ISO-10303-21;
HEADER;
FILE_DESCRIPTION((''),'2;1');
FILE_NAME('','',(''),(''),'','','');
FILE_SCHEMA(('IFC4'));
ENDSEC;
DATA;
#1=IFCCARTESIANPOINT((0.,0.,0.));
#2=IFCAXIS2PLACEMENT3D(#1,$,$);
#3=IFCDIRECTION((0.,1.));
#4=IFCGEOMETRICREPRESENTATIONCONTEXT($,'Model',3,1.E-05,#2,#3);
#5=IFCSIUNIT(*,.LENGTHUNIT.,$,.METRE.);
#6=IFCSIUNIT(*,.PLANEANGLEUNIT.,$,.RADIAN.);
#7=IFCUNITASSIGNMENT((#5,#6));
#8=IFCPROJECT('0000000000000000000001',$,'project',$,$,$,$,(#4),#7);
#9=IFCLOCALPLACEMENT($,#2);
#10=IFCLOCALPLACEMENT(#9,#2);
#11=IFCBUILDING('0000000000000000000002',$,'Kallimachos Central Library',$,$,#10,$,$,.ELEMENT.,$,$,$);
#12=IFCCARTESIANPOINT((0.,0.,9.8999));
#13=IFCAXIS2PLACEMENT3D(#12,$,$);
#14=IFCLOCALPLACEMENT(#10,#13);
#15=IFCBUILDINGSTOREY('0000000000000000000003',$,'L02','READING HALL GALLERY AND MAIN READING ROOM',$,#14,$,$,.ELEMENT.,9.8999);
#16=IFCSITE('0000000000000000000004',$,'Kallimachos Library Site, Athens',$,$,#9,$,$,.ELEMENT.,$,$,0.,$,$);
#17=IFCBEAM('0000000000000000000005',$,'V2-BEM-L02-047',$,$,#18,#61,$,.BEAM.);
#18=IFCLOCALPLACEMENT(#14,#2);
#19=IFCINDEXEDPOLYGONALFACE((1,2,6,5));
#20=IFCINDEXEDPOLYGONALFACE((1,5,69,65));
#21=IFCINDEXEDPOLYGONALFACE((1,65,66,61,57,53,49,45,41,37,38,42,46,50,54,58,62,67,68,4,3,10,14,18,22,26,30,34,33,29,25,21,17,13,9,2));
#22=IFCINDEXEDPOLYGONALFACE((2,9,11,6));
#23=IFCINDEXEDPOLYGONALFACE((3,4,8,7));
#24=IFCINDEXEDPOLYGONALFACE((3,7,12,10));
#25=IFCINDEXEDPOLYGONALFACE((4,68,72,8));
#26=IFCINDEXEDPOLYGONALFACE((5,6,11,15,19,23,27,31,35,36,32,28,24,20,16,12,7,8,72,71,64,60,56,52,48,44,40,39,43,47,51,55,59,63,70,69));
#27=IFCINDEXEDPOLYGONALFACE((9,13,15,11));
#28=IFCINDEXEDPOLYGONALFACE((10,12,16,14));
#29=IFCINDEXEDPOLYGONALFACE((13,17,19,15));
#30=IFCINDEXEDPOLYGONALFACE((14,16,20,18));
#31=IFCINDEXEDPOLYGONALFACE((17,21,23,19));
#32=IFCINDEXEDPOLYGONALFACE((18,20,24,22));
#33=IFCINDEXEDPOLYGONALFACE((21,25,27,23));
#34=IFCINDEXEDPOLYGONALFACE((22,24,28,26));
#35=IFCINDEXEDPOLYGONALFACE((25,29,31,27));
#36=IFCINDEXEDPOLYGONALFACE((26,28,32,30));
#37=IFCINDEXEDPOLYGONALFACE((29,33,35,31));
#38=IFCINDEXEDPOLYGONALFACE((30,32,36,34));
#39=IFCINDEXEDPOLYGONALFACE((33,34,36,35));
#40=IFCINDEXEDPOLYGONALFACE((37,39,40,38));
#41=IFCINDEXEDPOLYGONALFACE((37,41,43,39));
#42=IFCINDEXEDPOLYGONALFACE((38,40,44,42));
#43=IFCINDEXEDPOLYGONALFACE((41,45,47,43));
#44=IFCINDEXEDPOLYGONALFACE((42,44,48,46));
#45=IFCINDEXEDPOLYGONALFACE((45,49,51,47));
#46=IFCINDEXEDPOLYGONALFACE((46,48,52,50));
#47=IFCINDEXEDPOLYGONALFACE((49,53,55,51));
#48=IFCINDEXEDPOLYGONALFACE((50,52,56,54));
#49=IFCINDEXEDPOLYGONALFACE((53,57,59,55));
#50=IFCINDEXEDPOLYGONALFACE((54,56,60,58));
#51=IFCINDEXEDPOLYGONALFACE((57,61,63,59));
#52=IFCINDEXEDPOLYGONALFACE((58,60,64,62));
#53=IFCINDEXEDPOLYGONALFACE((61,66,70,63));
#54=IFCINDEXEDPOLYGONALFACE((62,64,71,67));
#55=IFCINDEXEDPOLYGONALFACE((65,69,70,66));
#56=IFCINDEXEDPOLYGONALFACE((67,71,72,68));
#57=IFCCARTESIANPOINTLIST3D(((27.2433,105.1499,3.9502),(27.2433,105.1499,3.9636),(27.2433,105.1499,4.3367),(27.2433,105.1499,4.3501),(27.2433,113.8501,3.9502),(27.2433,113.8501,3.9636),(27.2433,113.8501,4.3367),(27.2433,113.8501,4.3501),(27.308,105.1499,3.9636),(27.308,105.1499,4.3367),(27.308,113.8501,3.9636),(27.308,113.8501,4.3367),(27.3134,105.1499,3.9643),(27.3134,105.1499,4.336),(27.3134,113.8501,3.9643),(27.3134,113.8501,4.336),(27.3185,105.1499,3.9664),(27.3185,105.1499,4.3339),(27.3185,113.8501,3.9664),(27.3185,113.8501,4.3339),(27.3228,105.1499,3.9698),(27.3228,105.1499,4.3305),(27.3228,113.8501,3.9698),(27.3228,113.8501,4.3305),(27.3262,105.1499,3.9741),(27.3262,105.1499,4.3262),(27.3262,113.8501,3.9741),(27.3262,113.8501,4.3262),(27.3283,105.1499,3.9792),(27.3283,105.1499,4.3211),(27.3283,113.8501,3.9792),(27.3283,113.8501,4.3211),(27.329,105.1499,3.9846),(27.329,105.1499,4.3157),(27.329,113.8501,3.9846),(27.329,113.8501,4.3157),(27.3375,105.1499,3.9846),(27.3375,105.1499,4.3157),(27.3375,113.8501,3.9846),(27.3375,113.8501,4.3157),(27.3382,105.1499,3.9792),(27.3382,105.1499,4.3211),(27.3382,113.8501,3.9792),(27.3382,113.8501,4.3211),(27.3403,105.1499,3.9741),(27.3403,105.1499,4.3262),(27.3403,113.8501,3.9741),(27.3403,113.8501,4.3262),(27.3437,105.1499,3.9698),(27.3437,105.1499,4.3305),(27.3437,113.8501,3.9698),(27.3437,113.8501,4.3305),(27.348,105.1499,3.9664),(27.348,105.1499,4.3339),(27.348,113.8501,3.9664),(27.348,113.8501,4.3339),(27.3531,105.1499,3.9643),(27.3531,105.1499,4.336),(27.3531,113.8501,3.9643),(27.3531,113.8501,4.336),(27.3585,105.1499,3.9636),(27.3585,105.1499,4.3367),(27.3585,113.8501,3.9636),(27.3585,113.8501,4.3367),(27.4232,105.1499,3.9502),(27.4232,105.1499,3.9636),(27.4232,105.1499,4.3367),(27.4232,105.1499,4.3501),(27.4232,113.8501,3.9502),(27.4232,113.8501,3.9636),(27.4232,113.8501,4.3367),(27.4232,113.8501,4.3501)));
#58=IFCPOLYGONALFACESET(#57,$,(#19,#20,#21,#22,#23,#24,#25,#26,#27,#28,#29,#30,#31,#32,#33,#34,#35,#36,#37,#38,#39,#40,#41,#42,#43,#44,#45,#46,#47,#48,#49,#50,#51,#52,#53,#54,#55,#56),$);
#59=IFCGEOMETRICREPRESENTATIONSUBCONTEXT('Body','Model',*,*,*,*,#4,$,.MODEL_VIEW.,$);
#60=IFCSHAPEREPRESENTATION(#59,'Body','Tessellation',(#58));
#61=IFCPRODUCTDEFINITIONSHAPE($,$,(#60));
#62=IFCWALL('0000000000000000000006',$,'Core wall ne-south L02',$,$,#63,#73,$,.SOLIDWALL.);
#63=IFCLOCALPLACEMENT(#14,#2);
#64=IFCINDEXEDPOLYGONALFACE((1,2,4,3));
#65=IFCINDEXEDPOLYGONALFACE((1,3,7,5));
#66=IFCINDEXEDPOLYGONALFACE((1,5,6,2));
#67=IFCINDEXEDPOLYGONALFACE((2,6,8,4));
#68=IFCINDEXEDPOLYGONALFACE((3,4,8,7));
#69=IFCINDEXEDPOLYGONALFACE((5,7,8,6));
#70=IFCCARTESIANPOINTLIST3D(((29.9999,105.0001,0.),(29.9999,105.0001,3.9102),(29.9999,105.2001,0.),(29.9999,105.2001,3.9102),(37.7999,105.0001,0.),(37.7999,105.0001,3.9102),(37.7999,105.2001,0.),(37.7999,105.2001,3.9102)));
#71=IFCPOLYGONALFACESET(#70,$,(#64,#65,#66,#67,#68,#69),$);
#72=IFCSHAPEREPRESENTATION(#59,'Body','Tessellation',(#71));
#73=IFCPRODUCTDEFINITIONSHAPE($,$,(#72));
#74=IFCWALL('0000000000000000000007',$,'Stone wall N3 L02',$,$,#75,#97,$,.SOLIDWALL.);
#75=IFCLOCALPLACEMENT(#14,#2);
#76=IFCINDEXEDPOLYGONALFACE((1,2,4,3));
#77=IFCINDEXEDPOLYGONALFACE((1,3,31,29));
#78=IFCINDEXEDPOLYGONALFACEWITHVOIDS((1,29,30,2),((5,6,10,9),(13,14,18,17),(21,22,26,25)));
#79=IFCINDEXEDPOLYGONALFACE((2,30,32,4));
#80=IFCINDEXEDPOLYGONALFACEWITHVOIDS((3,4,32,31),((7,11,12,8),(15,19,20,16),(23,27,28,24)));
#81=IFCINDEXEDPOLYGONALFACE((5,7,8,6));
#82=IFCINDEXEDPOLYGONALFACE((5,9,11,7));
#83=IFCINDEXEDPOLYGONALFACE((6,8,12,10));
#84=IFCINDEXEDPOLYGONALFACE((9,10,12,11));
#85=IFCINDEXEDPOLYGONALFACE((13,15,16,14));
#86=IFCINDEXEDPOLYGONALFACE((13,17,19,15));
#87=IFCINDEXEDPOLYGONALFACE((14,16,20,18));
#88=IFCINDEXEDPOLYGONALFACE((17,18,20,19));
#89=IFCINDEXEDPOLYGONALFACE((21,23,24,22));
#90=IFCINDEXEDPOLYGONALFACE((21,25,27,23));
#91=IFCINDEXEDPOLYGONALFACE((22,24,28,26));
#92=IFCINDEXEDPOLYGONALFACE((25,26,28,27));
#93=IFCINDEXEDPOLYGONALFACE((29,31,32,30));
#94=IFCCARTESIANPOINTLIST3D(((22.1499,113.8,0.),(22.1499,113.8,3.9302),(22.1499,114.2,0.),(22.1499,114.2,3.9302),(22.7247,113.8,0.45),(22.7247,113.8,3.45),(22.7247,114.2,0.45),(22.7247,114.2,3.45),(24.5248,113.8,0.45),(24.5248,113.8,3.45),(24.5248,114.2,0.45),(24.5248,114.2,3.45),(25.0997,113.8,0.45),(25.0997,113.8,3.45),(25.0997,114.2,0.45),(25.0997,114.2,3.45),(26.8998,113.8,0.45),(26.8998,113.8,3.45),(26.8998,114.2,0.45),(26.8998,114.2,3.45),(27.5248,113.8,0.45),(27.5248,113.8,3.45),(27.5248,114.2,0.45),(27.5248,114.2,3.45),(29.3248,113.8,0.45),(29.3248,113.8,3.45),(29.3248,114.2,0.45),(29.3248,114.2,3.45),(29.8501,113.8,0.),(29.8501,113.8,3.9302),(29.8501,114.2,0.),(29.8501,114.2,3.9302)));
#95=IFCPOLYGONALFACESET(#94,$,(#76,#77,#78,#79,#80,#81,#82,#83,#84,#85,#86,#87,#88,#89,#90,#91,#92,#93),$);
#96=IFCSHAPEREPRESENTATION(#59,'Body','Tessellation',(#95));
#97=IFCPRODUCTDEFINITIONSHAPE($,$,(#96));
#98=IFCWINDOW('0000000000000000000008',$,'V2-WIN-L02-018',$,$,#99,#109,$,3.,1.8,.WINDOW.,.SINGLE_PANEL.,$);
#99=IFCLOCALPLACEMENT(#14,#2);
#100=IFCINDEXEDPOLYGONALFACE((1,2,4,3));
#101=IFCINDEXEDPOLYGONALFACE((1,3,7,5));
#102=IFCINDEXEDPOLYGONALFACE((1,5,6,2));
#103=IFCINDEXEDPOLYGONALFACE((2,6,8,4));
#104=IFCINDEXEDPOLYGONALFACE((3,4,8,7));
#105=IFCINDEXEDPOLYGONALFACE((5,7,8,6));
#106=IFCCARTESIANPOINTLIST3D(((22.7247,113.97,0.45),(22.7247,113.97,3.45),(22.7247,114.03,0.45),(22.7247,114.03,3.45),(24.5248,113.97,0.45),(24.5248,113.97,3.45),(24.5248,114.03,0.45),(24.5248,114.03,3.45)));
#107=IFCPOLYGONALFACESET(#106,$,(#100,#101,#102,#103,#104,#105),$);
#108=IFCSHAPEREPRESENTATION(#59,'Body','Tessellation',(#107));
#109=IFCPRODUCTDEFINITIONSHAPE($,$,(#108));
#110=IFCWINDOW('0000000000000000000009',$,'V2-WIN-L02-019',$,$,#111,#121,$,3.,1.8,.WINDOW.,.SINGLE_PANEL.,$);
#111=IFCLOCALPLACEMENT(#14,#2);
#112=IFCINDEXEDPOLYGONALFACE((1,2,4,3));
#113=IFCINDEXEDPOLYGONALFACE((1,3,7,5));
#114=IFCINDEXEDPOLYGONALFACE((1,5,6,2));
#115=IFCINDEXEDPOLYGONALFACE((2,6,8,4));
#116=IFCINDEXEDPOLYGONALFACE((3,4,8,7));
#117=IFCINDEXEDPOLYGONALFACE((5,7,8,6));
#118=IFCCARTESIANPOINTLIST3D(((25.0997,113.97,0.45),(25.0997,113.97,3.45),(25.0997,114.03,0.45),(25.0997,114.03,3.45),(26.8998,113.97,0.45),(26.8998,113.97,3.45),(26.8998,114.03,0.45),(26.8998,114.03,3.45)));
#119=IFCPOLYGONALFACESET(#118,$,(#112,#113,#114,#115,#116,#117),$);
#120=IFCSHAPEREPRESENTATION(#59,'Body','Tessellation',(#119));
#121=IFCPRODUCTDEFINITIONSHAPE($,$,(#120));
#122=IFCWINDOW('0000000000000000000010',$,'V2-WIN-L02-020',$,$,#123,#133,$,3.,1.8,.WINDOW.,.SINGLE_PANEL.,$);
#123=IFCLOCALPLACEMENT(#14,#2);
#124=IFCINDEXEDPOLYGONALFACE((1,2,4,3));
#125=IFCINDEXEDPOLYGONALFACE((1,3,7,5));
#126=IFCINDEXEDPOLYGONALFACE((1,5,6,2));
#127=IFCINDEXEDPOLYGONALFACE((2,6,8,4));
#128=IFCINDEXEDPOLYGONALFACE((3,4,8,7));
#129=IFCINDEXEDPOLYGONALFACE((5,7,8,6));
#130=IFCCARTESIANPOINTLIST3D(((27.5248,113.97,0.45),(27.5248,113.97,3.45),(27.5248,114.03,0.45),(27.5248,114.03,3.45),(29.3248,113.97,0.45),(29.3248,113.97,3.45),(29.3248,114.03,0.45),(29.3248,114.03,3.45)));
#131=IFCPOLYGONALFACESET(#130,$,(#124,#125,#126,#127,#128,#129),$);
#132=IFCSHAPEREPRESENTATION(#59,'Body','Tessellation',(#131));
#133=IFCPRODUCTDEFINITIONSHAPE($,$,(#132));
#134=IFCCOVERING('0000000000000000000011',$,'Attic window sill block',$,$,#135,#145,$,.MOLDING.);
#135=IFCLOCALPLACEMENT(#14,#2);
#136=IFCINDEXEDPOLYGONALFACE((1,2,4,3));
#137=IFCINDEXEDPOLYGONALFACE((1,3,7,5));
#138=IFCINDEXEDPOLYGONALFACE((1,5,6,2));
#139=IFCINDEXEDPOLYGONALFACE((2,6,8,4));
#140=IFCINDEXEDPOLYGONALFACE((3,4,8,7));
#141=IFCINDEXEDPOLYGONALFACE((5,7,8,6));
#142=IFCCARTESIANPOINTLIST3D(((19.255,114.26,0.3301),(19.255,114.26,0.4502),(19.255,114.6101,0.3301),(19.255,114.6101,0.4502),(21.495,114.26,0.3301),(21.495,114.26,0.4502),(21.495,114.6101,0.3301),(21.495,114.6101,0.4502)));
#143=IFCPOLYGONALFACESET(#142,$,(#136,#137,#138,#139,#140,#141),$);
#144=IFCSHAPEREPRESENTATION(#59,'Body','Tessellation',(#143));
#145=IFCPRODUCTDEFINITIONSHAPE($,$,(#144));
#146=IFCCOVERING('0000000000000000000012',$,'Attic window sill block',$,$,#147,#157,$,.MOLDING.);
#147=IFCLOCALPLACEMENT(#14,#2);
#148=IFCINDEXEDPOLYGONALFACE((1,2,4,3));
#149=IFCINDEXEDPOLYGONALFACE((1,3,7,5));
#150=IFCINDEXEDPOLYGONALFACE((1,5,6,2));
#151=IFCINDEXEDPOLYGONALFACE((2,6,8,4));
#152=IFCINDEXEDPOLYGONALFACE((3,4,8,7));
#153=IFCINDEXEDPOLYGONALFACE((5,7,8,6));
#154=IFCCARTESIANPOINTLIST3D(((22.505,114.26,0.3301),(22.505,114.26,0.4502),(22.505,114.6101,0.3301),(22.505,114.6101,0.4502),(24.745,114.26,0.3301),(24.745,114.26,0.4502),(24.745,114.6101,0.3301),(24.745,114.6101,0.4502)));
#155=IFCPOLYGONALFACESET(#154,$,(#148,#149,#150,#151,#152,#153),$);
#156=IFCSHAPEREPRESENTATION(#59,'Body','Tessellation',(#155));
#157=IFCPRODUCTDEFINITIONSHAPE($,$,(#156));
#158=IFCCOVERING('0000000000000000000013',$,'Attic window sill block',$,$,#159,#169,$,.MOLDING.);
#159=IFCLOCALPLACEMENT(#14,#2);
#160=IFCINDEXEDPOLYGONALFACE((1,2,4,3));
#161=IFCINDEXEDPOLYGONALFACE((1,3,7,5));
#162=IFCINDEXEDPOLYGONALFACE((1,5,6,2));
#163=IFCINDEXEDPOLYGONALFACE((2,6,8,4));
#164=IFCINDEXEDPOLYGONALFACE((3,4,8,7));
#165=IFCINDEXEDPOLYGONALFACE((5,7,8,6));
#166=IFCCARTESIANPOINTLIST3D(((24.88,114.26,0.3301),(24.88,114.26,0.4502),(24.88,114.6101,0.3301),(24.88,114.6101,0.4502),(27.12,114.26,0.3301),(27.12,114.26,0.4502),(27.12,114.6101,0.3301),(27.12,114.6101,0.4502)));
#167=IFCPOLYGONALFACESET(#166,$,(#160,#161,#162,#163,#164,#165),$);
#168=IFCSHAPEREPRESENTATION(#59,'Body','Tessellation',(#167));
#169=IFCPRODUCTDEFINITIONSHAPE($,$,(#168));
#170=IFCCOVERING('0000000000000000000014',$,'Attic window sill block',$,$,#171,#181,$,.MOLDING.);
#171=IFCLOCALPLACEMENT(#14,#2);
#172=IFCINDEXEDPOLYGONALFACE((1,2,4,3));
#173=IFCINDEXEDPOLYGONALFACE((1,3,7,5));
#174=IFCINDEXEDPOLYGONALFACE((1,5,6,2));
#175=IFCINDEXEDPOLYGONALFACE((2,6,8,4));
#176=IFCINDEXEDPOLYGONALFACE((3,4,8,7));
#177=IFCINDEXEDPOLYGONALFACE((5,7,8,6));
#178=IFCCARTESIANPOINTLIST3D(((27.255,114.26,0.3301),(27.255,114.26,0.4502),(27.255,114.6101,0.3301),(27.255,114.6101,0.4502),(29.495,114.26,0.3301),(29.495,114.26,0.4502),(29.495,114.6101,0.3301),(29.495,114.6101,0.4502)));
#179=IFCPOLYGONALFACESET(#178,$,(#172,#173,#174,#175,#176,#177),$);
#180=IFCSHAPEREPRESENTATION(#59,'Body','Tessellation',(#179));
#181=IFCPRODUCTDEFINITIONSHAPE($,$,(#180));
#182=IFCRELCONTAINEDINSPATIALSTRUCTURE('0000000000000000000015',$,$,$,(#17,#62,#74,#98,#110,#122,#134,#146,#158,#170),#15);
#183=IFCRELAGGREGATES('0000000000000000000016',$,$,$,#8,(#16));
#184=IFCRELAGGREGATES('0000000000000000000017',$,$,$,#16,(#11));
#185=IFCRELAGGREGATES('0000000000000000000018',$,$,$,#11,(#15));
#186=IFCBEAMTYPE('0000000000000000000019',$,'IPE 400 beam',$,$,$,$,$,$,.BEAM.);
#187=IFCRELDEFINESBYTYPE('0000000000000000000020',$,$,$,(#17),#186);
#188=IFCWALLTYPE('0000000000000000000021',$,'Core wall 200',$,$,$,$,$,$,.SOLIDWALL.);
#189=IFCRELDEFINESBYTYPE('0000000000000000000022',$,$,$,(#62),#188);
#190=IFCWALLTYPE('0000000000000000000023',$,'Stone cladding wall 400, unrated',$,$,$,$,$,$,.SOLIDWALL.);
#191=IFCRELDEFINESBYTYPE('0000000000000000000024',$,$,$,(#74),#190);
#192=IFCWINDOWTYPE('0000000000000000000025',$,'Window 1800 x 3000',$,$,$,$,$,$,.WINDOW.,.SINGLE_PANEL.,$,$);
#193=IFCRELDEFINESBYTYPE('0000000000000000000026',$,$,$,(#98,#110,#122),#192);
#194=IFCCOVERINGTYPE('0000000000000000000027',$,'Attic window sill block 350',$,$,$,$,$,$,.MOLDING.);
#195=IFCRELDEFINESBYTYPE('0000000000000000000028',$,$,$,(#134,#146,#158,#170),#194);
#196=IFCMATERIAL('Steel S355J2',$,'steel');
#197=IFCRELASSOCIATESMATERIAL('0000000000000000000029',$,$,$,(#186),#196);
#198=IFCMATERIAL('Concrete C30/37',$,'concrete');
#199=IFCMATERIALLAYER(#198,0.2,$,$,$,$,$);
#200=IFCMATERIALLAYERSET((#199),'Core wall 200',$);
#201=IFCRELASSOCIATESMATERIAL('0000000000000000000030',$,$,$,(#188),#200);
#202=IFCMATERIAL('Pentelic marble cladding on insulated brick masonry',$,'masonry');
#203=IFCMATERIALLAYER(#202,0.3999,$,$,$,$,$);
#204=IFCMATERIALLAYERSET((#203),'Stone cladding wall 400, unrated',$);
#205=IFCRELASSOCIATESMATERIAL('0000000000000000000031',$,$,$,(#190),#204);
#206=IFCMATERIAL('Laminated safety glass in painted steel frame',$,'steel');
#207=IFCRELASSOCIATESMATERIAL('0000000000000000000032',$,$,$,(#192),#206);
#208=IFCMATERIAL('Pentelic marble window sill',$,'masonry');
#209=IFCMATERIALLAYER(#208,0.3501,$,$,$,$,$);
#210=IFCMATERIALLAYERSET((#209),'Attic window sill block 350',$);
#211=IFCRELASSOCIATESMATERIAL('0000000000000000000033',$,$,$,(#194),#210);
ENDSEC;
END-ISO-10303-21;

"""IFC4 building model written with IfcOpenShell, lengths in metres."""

from ifc_helpers import new_model, si_unit, direction, frame, frame_2d, origin, origin_2d, place, context, subcontext, project, spatial, rectangle, i_section, extrude, material, layer, layer_set, material_profile, profile_set, type_object, element, fill, save


model = new_model("IFC4")

# Units and contexts
model_context = context("Model", 3, precision=1e-05, world=origin(), true_north=direction((0.0, 1.0)))
body_context = subcontext(model_context, "Body", "Model", "MODEL_VIEW")
ifc_project = project(units=[si_unit("LENGTHUNIT", "METRE"), si_unit("PLANEANGLEUNIT", "RADIAN")], contexts=[model_context])

# Site, building, storey
site_placement = place(None, origin())
site = spatial("IfcSite", under=ifc_project, at=site_placement, Name="Kallimachos Library Site, Athens", CompositionType="ELEMENT", RefElevation=0.0)
building_placement = place(site_placement, origin())
building = spatial("IfcBuilding", under=site, at=building_placement, Name="Kallimachos Central Library", CompositionType="ELEMENT")
storey_placement = place(building_placement, frame((0.0, 0.0, 9.8999)))
storey = spatial("IfcBuildingStorey", under=building, at=storey_placement, Name="L02", Description="READING HALL GALLERY AND MAIN READING ROOM", CompositionType="ELEMENT", Elevation=9.8999)

# Beam
ifc_material_1 = material(Name="Steel S355J2", Category="steel")
ifc_material_profile_1 = material_profile(ifc_material_1, i_section(OverallWidth=0.1799, OverallDepth=0.3999, WebThickness=0.0085, FlangeThickness=0.0134, FilletRadius=0.021, at=origin_2d()), Name="IPE 400")
ifc_profile_set_1 = profile_set([ifc_material_profile_1], Name="Steel S355J2")
beam_type_1 = type_object("IfcBeamType", Name="IPE 400 beam", PredefinedType="BEAM", material=ifc_profile_set_1)
for number, where, z_axis, x_axis, name in (
    (1, (27.3333, 105.1499, 4.1501), (0.0, 1.0, 0.0), (-1.0, 0.0, 0.0), "V2-BEM-L02-047"),
):
    element("IfcBeam", number, at=place(storey_placement, frame(where, z_axis=z_axis, x_axis=x_axis)), inside=storey, type_object=beam_type_1, Name=name, PredefinedType="BEAM", context=body_context, shape_type="SweptSolid", body=[
        extrude(i_section(OverallWidth=0.1799, OverallDepth=0.3999, WebThickness=0.0085, FlangeThickness=0.0134, FilletRadius=0.021, at=origin_2d()), origin(), (0.0, 0.0, 1.0), 8.7002),
    ])

# Wall
ifc_material_2 = material(Name="Concrete C30/37", Category="concrete")
ifc_layer_1 = layer(ifc_material_2, 0.2)
ifc_layer_set_1 = layer_set([ifc_layer_1], Name="Core wall 200")
wall_type_1 = type_object("IfcWallType", Name="Core wall 200", PredefinedType="SOLIDWALL", material=ifc_layer_set_1)
wall_1_placement = place(storey_placement, frame((30.0, 105.1001, 0.0), z_axis=(0.0, 0.0, 1.0), x_axis=(1.0, 0.0, 0.0)))
element("IfcWall", 2, at=wall_1_placement, inside=storey, type_object=wall_type_1, Name="Core wall ne-south L02", PredefinedType="SOLIDWALL", context=body_context, shape_type="SweptSolid", body=[
    extrude(rectangle(XDim=7.8, YDim=0.2, at=frame_2d((3.8999, 0.0))), origin(), (0.0, 0.0, 1.0), 3.9102),
])

# Wall, openings, windows
ifc_material_3 = material(Name="Pentelic marble cladding on insulated brick masonry", Category="masonry")
ifc_layer_2 = layer(ifc_material_3, 0.3999)
ifc_layer_set_2 = layer_set([ifc_layer_2], Name="Stone cladding wall 400, unrated")
wall_type_2 = type_object("IfcWallType", Name="Stone cladding wall 400, unrated", PredefinedType="SOLIDWALL", material=ifc_layer_set_2)
wall_2_placement = place(storey_placement, frame((22.1499, 114.0, 0.0), z_axis=(0.0, 0.0, 1.0), x_axis=(1.0, 0.0, 0.0)))
wall_2 = element("IfcWall", 3, at=wall_2_placement, inside=storey, type_object=wall_type_2, Name="Stone wall N3 L02", PredefinedType="SOLIDWALL", context=body_context, shape_type="SweptSolid", body=[
    extrude(rectangle(XDim=7.7002, YDim=0.3999, at=frame_2d((3.8501, 0.0))), origin(), (0.0, 0.0, 1.0), 3.9302),
])
opening_1_placement = place(wall_2_placement, frame((0.575, 0.0, 0.45)))
opening_1 = element("IfcOpeningElement", 4, at=opening_1_placement, cuts=wall_2, PredefinedType="OPENING", context=body_context, shape_type="SweptSolid", body=[
    extrude(rectangle(XDim=1.8, YDim=3.0, at=frame_2d((0.8999, 1.5))), frame((0.0, 0.21, 0.0), z_axis=(0.0, -1.0, 0.0), x_axis=(1.0, 0.0, 0.0)), (0.0, 0.0, 1.0), 0.4199),
])
opening_2_placement = place(wall_2_placement, frame((2.95, 0.0, 0.45)))
opening_2 = element("IfcOpeningElement", 5, at=opening_2_placement, cuts=wall_2, PredefinedType="OPENING", context=body_context, shape_type="SweptSolid", body=[
    extrude(rectangle(XDim=1.8, YDim=3.0, at=frame_2d((0.8999, 1.5))), frame((0.0, 0.21, 0.0), z_axis=(0.0, -1.0, 0.0), x_axis=(1.0, 0.0, 0.0)), (0.0, 0.0, 1.0), 0.4199),
])
opening_3_placement = place(wall_2_placement, frame((5.375, 0.0, 0.45)))
opening_3 = element("IfcOpeningElement", 6, at=opening_3_placement, cuts=wall_2, PredefinedType="OPENING", context=body_context, shape_type="SweptSolid", body=[
    extrude(rectangle(XDim=1.8, YDim=3.0, at=frame_2d((0.8999, 1.5))), frame((0.0, 0.21, 0.0), z_axis=(0.0, -1.0, 0.0), x_axis=(1.0, 0.0, 0.0)), (0.0, 0.0, 1.0), 0.4199),
])
ifc_material_4 = material(Name="Laminated safety glass in painted steel frame", Category="steel")
window_type = type_object("IfcWindowType", Name="Window 1800 x 3000", PartitioningType="SINGLE_PANEL", PredefinedType="WINDOW", material=ifc_material_4)
window_1_placement = place(opening_1_placement, origin())
window_1 = element("IfcWindow", 7, at=window_1_placement, inside=storey, type_object=window_type, Name="V2-WIN-L02-018", OverallHeight=3.0, OverallWidth=1.8, PartitioningType="SINGLE_PANEL", PredefinedType="WINDOW", context=body_context, shape_type="SweptSolid", body=[
    extrude(rectangle(XDim=1.8, YDim=3.0, at=frame_2d((0.8999, 1.5))), frame((0.0, 0.03, 0.0), z_axis=(0.0, -1.0, 0.0), x_axis=(1.0, 0.0, 0.0)), (0.0, 0.0, 1.0), 0.0601),
])
fill(opening_1, window_1)
window_2_placement = place(opening_2_placement, origin())
window_2 = element("IfcWindow", 8, at=window_2_placement, inside=storey, type_object=window_type, Name="V2-WIN-L02-019", OverallHeight=3.0, OverallWidth=1.8, PartitioningType="SINGLE_PANEL", PredefinedType="WINDOW", context=body_context, shape_type="SweptSolid", body=[
    extrude(rectangle(XDim=1.8, YDim=3.0, at=frame_2d((0.8999, 1.5))), frame((0.0, 0.03, 0.0), z_axis=(0.0, -1.0, 0.0), x_axis=(1.0, 0.0, 0.0)), (0.0, 0.0, 1.0), 0.0601),
])
fill(opening_2, window_2)
window_3_placement = place(opening_3_placement, origin())
window_3 = element("IfcWindow", 9, at=window_3_placement, inside=storey, type_object=window_type, Name="V2-WIN-L02-020", OverallHeight=3.0, OverallWidth=1.8, PartitioningType="SINGLE_PANEL", PredefinedType="WINDOW", context=body_context, shape_type="SweptSolid", body=[
    extrude(rectangle(XDim=1.8, YDim=3.0, at=frame_2d((0.8999, 1.5))), frame((0.0, 0.03, 0.0), z_axis=(0.0, -1.0, 0.0), x_axis=(1.0, 0.0, 0.0)), (0.0, 0.0, 1.0), 0.0601),
])
fill(opening_3, window_3)

# Coverings
ifc_material_5 = material(Name="Pentelic marble window sill", Category="masonry")
ifc_layer_3 = layer(ifc_material_5, 0.3501)
ifc_layer_set_3 = layer_set([ifc_layer_3], Name="Attic window sill block 350")
covering_type_1 = type_object("IfcCoveringType", Name="Attic window sill block 350", PredefinedType="MOLDING", material=ifc_layer_set_3)
for number, where, z_axis, x_axis, name in (
    (10, (20.375, 114.4351, 0.3301), (0.0, 0.0, 1.0), (1.0, 0.0, 0.0), "Attic window sill block"),
    (11, (23.625, 114.4351, 0.3301), (0.0, 0.0, 1.0), (1.0, 0.0, 0.0), "Attic window sill block"),
    (12, (26.0, 114.4351, 0.3301), (0.0, 0.0, 1.0), (1.0, 0.0, 0.0), "Attic window sill block"),
    (13, (28.375, 114.4351, 0.3301), (0.0, 0.0, 1.0), (1.0, 0.0, 0.0), "Attic window sill block"),
):
    element("IfcCovering", number, at=place(storey_placement, frame(where, z_axis=z_axis, x_axis=x_axis)), inside=storey, type_object=covering_type_1, Name=name, PredefinedType="MOLDING", context=body_context, shape_type="SweptSolid", body=[
        extrude(rectangle(XDim=2.24, YDim=0.3501, at=origin_2d()), origin(), (0.0, 0.0, 1.0), 0.1201),
    ])

save(model, "model.ifc")
